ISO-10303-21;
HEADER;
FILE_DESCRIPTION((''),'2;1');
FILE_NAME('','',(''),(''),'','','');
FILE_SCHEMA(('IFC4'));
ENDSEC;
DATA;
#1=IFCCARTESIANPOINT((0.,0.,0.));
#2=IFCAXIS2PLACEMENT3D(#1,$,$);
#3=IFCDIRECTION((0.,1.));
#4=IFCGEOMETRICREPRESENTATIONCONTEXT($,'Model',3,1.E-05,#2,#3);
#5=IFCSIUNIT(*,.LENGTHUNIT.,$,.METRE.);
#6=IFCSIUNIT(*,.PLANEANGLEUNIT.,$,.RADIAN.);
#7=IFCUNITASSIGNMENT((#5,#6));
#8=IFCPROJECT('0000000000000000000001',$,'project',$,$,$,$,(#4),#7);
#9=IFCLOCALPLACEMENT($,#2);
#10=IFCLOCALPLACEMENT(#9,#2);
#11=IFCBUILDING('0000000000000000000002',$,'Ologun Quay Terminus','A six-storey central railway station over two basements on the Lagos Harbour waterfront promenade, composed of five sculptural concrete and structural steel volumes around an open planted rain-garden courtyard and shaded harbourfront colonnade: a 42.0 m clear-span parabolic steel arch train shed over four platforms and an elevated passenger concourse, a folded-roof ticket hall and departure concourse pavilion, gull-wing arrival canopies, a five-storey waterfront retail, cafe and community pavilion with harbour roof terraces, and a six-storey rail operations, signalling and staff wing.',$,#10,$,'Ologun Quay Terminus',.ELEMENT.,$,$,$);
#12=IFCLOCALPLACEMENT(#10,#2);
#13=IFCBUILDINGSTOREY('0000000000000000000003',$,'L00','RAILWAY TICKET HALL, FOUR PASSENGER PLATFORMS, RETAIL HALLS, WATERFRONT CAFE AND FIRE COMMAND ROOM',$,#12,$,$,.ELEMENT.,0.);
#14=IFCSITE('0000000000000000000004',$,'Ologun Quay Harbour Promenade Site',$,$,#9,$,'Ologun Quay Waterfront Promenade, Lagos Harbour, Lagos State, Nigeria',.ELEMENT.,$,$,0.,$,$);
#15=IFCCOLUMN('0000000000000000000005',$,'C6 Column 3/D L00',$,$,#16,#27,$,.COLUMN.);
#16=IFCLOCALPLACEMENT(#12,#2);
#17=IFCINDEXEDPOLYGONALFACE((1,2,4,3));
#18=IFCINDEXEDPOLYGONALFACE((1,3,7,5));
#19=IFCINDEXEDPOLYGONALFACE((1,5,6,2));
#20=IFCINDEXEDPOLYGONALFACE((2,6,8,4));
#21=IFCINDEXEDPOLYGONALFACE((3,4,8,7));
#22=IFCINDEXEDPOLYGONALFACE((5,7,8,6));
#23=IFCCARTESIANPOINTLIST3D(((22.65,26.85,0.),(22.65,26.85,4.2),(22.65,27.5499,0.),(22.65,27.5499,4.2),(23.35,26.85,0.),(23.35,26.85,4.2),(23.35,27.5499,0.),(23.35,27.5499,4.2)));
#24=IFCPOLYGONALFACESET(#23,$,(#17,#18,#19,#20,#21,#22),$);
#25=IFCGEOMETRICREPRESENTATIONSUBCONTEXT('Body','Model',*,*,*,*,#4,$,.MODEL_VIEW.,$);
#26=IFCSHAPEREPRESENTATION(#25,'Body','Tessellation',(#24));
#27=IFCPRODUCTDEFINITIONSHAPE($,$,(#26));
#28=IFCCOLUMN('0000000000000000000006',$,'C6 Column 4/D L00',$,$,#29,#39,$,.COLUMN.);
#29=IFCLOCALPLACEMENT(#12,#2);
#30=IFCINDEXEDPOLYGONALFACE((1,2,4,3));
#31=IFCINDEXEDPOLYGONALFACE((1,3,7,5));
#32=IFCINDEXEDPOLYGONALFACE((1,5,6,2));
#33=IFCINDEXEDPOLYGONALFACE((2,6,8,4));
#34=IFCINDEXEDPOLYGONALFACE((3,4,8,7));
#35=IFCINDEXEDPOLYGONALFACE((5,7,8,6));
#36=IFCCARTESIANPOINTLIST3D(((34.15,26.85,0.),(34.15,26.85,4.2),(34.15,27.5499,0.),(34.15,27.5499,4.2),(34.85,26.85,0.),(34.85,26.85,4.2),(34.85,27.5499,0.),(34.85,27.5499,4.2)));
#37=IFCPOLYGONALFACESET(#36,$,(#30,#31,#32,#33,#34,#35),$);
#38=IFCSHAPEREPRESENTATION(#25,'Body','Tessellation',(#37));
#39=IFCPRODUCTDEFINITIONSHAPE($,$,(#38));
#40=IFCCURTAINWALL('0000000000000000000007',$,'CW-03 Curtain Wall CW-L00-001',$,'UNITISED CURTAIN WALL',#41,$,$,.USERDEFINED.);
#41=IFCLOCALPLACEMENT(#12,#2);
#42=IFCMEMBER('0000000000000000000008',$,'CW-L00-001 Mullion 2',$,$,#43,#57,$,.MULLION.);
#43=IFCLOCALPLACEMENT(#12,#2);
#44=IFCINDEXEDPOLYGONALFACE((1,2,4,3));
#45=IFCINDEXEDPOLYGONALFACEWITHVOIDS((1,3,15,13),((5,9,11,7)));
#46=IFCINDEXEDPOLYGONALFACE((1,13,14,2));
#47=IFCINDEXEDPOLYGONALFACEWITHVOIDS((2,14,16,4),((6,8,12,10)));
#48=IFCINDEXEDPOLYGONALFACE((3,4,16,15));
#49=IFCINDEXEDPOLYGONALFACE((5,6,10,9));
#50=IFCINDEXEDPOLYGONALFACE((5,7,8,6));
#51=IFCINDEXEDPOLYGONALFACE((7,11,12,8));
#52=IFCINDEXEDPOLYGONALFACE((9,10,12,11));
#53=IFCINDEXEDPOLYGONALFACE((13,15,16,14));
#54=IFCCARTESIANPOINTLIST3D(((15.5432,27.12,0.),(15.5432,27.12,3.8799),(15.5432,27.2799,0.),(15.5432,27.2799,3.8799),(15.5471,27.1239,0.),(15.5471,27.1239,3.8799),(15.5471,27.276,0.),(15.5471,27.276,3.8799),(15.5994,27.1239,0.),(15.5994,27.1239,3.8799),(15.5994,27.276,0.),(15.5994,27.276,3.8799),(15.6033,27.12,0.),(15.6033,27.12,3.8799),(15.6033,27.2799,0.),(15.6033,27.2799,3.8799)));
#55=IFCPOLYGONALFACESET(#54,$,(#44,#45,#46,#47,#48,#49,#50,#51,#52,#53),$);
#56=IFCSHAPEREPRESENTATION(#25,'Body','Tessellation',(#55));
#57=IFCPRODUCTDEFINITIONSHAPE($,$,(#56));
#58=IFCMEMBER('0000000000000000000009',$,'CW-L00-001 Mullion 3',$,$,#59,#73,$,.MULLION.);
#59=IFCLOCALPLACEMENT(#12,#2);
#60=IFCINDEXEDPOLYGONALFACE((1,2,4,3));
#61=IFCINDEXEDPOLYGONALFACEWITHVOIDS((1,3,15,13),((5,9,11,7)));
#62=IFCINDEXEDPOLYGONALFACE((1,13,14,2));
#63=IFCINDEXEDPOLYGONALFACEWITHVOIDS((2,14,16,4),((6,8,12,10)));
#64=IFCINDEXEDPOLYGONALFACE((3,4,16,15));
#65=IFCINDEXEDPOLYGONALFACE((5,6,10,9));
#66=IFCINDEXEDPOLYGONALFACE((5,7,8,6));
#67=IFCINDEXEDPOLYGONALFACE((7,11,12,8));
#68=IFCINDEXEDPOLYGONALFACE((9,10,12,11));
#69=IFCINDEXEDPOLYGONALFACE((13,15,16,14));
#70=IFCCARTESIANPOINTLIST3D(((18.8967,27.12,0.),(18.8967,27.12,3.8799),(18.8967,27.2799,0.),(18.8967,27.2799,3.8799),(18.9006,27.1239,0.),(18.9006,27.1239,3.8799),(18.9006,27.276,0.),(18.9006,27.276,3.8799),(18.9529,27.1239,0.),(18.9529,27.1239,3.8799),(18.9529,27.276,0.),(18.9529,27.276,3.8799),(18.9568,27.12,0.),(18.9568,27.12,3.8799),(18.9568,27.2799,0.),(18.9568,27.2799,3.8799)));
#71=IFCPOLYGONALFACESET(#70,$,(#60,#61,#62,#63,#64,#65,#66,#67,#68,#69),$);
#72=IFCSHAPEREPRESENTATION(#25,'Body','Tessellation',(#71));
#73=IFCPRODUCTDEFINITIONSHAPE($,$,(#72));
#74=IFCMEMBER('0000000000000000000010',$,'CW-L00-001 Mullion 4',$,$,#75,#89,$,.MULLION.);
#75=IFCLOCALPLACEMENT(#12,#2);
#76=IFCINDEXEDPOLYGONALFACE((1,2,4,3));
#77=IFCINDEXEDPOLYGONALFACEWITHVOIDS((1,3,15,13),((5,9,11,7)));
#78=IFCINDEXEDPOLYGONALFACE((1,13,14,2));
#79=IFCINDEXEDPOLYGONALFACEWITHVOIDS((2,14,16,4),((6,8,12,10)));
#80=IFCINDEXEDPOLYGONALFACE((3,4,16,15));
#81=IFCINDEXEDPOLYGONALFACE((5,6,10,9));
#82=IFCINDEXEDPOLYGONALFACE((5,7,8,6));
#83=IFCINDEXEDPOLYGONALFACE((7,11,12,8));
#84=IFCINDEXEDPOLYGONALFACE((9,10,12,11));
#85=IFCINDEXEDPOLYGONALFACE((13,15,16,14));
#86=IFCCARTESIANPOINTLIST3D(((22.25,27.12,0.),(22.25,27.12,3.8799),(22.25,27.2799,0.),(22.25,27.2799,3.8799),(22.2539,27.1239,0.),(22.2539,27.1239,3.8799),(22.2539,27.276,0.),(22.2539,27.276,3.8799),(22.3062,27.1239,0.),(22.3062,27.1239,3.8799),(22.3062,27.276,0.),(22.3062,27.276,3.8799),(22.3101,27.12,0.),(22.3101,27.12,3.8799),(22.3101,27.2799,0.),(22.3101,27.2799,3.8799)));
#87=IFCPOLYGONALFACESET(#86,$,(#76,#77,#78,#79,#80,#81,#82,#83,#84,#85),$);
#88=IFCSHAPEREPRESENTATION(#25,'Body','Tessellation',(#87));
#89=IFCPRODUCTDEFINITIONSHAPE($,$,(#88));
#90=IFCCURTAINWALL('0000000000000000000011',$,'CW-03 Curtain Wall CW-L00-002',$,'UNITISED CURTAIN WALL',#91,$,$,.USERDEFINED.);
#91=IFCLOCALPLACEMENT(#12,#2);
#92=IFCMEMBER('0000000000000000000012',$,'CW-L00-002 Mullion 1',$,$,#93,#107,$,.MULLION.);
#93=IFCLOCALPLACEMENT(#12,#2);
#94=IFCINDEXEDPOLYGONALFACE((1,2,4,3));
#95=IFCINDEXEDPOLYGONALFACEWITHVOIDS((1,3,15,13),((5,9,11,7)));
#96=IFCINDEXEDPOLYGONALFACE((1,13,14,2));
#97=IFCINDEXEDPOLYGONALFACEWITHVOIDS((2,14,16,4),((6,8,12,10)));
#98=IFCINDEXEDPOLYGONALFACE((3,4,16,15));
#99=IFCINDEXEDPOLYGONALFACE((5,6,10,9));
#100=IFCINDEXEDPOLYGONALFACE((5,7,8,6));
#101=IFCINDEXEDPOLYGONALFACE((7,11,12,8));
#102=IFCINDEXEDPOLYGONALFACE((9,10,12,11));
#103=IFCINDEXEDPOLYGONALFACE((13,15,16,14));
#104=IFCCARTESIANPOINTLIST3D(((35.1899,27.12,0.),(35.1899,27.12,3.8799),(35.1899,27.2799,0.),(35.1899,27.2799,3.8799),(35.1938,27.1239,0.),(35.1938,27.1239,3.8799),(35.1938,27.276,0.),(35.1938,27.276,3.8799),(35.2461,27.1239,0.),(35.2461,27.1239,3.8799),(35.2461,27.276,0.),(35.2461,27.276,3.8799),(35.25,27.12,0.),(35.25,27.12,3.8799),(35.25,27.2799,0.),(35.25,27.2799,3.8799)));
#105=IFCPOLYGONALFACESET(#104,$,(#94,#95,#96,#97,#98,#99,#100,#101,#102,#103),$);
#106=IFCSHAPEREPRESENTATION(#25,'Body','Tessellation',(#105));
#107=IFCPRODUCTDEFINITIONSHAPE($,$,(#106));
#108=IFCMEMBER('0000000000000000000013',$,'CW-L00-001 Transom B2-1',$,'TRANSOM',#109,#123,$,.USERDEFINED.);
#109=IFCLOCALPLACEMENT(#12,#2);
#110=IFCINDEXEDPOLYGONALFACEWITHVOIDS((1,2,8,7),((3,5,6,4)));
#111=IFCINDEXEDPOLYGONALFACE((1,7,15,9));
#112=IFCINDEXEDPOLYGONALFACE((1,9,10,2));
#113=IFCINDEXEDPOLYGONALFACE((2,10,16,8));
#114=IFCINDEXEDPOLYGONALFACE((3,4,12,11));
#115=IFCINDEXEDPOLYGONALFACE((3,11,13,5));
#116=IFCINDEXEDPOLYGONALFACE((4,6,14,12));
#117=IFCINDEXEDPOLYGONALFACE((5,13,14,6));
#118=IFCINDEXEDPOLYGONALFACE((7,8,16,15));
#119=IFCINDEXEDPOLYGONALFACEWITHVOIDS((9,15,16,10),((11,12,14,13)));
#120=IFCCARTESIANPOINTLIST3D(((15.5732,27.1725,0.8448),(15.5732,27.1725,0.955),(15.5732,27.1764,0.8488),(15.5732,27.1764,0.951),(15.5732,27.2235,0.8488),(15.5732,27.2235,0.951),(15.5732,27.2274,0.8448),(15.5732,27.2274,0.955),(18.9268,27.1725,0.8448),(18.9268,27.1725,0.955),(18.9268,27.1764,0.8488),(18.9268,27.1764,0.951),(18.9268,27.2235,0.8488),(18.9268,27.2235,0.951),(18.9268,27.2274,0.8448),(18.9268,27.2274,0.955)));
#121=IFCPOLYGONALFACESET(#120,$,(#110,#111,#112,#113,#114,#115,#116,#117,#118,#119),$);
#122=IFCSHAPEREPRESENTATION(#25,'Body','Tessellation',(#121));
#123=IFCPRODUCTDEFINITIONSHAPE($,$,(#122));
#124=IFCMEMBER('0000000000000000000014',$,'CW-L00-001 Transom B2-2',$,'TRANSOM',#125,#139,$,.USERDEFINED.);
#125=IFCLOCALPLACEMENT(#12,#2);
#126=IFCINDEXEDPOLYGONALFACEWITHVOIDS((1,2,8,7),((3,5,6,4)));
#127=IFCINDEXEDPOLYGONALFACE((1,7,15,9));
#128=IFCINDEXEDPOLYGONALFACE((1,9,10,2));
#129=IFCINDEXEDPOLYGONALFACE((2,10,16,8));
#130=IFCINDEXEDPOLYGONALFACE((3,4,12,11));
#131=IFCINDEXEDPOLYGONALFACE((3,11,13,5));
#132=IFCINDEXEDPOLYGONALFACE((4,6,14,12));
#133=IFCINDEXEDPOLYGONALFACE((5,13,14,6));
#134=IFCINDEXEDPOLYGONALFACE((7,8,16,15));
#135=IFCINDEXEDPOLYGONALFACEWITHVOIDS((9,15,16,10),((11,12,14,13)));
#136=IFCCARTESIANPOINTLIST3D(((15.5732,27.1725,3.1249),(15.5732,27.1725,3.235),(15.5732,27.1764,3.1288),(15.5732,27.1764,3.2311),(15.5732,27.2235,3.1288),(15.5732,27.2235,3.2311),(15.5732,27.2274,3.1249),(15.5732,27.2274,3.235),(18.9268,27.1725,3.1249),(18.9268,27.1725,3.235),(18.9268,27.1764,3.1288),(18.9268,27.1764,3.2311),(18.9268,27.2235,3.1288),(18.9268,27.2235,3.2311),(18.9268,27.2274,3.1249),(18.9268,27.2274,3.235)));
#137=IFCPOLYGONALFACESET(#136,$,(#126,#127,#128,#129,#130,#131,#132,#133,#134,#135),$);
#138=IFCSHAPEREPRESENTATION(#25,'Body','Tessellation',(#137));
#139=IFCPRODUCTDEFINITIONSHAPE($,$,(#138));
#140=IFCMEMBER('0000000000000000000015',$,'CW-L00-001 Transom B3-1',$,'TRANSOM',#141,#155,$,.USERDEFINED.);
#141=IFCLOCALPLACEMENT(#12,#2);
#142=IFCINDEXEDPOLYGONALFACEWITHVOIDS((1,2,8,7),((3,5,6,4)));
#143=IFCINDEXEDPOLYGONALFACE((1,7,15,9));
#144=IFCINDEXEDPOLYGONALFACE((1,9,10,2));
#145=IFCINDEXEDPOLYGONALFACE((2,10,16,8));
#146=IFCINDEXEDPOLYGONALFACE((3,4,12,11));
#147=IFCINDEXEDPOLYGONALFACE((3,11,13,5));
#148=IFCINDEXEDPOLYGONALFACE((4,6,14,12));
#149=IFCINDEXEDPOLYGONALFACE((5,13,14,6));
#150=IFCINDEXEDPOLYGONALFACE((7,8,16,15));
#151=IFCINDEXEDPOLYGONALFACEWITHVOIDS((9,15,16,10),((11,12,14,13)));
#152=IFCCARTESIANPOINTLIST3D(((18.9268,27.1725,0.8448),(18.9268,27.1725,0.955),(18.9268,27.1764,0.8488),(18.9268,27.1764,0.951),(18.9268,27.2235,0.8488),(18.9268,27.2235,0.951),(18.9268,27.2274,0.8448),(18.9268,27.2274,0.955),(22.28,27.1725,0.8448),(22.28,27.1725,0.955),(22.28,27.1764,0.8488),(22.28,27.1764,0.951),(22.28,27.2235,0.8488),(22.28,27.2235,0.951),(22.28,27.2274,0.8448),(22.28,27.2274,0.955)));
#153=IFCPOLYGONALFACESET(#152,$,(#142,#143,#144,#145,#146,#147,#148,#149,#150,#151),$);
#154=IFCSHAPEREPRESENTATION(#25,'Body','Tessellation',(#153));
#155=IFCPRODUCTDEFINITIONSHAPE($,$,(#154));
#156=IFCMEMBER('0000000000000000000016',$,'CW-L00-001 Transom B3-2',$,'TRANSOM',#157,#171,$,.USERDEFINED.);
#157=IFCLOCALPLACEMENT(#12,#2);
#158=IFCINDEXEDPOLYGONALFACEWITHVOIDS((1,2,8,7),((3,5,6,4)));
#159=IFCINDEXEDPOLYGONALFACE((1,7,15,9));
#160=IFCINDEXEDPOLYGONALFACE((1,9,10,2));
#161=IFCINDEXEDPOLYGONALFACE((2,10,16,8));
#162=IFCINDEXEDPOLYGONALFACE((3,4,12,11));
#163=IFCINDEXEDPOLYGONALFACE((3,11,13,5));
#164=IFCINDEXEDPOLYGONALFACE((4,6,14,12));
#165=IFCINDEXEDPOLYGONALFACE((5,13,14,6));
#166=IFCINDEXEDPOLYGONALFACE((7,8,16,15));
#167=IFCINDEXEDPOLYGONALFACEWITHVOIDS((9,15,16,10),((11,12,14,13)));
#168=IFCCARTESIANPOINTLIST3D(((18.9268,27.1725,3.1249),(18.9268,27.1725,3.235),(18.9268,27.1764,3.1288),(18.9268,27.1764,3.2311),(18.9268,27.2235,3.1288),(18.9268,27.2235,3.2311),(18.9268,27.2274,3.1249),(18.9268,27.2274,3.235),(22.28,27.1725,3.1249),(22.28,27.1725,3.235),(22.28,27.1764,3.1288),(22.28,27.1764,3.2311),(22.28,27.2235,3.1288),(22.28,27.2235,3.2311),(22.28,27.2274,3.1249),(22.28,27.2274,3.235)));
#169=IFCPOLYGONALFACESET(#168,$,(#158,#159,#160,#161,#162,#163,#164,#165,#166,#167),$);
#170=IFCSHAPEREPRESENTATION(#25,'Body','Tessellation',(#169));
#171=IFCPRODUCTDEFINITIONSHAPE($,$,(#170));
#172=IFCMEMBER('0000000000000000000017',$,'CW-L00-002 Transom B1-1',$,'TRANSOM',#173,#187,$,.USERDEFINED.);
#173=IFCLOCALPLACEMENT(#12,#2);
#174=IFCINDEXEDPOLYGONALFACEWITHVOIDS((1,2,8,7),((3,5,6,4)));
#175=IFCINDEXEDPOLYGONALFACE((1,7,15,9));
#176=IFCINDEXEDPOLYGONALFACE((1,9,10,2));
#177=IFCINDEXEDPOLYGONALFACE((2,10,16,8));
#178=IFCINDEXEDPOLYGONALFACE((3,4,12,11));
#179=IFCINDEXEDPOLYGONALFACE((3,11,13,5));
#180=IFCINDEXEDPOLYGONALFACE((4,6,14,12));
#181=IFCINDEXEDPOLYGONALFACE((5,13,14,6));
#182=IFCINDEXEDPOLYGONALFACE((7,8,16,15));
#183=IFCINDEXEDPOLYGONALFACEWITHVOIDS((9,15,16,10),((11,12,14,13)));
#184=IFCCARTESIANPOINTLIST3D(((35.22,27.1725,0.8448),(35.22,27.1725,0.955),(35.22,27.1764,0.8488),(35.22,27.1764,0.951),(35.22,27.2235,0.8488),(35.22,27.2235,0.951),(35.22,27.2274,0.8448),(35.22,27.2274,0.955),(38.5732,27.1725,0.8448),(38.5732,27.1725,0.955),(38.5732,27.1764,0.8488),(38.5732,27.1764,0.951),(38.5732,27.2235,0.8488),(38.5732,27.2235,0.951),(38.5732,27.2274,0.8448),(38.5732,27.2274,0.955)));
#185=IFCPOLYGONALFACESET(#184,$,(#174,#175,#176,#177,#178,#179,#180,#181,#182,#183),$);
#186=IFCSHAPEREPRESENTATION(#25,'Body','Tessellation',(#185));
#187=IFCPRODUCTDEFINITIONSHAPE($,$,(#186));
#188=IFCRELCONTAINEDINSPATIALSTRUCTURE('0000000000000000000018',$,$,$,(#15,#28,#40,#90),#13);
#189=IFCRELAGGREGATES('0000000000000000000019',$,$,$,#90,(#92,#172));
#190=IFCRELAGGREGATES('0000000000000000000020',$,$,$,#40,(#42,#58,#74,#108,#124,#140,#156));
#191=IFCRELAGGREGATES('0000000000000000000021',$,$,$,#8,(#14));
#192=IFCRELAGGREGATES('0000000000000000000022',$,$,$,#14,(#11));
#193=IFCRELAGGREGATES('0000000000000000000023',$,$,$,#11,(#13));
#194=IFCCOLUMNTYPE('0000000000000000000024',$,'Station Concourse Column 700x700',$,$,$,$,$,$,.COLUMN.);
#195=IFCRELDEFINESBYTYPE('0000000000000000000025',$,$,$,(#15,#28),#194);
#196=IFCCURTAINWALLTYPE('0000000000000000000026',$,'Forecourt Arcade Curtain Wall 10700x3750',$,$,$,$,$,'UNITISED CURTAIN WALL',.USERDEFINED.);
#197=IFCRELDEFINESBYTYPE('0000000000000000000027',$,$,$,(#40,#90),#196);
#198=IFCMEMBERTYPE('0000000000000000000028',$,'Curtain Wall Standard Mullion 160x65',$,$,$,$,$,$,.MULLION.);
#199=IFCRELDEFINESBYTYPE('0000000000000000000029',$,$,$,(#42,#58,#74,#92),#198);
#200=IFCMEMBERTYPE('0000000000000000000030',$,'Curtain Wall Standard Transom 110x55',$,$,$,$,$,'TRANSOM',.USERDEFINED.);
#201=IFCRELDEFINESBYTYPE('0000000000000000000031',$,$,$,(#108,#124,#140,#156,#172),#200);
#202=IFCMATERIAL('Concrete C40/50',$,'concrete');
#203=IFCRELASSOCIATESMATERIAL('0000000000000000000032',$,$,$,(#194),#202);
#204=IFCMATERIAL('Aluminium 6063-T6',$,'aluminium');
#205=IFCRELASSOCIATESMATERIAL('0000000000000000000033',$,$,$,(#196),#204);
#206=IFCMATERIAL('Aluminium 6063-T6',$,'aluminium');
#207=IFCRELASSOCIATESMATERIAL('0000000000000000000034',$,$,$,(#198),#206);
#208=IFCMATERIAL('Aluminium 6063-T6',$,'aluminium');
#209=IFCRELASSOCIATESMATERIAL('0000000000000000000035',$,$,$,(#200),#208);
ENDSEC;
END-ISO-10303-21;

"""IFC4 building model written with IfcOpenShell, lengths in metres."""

from ifc_helpers import new_model, si_unit, direction, frame, origin, origin_2d, place, context, subcontext, project, spatial, rectangle, hollow_rectangle, extrude, material, material_profile, profile_set, type_object, element, aggregate, save


model = new_model("IFC4")

# Units and contexts
model_context = context("Model", 3, precision=1e-05, world=origin(), true_north=direction((0.0, 1.0)))
body_context = subcontext(model_context, "Body", "Model", "MODEL_VIEW")
ifc_project = project(units=[si_unit("LENGTHUNIT", "METRE"), si_unit("PLANEANGLEUNIT", "RADIAN")], contexts=[model_context])

# Site, building, storey
site_placement = place(None, origin())
site = spatial("IfcSite", under=ifc_project, at=site_placement, Name="Ologun Quay Harbour Promenade Site", LongName="Ologun Quay Waterfront Promenade, Lagos Harbour, Lagos State, Nigeria", CompositionType="ELEMENT", RefElevation=0.0)
building_placement = place(site_placement, origin())
building = spatial("IfcBuilding", under=site, at=building_placement, Name="Ologun Quay Terminus", Description="A six-storey central railway station over two basements on the Lagos Harbour waterfront promenade, composed of five sculptural concrete and structural steel volumes around an open planted rain-garden courtyard and shaded harbourfront colonnade: a 42.0 m clear-span parabolic steel arch train shed over four platforms and an elevated passenger concourse, a folded-roof ticket hall and departure concourse pavilion, gull-wing arrival canopies, a five-storey waterfront retail, cafe and community pavilion with harbour roof terraces, and a six-storey rail operations, signalling and staff wing.", LongName="Ologun Quay Terminus", CompositionType="ELEMENT")
storey_placement = place(building_placement, origin())
storey = spatial("IfcBuildingStorey", under=building, at=storey_placement, Name="L00", Description="RAILWAY TICKET HALL, FOUR PASSENGER PLATFORMS, RETAIL HALLS, WATERFRONT CAFE AND FIRE COMMAND ROOM", CompositionType="ELEMENT", Elevation=0.0)

# Columns
ifc_material_1 = material(Name="Concrete C40/50", Category="concrete")
ifc_material_profile_1 = material_profile(ifc_material_1, rectangle(XDim=0.7, YDim=0.7, at=origin_2d()), Name="RC 700x700")
ifc_profile_set_1 = profile_set([ifc_material_profile_1], Name="Concrete C40/50")
column_type = type_object("IfcColumnType", Name="Station Concourse Column 700x700", PredefinedType="COLUMN", material=ifc_profile_set_1)
for number, where, z_axis, x_axis, name in (
    (1, (23.0, 27.2, 0.0), (0.0, 0.0, 1.0), (1.0, 0.0, 0.0), "C6 Column 3/D L00"),
    (2, (34.5, 27.2, 0.0), (0.0, 0.0, 1.0), (1.0, 0.0, 0.0), "C6 Column 4/D L00"),
):
    element("IfcColumn", number, at=place(storey_placement, frame(where, z_axis=z_axis, x_axis=x_axis)), inside=storey, type_object=column_type, Name=name, PredefinedType="COLUMN", context=body_context, shape_type="SweptSolid", body=[
        extrude(rectangle(XDim=0.7, YDim=0.7, at=origin_2d()), origin(), (0.0, 0.0, 1.0), 4.2),
    ])

# Curtain wall, members
ifc_material_2 = material(Name="Aluminium 6063-T6", Category="aluminium")
curtain_wall_type = type_object("IfcCurtainWallType", Name="Forecourt Arcade Curtain Wall 10700x3750", ElementType="UNITISED CURTAIN WALL", PredefinedType="USERDEFINED", material=ifc_material_2)
curtain_wall_1_placement = place(storey_placement, origin())
curtain_wall_1 = element("IfcCurtainWall", 3, at=curtain_wall_1_placement, inside=storey, type_object=curtain_wall_type, Name="CW-03 Curtain Wall CW-L00-001", ObjectType="UNITISED CURTAIN WALL", PredefinedType="USERDEFINED")
ifc_material_3 = material(Name="Aluminium 6063-T6", Category="aluminium")
ifc_material_profile_2 = material_profile(ifc_material_3, hollow_rectangle(XDim=0.0601, YDim=0.1599, WallThickness=0.0039, at=origin_2d()), Name="ALU 160x60x4")
ifc_profile_set_2 = profile_set([ifc_material_profile_2], Name="Aluminium 6063-T6")
member_type_1 = type_object("IfcMemberType", Name="Curtain Wall Standard Mullion 160x65", PredefinedType="MULLION", material=ifc_profile_set_2)
member_1_placement = place(storey_placement, frame((15.5732, 27.2, 0.0), z_axis=(0.0, 0.0, 1.0), x_axis=(1.0, 0.0, 0.0)))
member_1 = element("IfcMember", 4, at=member_1_placement, type_object=member_type_1, Name="CW-L00-001 Mullion 2", PredefinedType="MULLION", context=body_context, shape_type="SweptSolid", body=[
    extrude(hollow_rectangle(XDim=0.0601, YDim=0.1599, WallThickness=0.0039, at=origin_2d()), origin(), (0.0, 0.0, 1.0), 3.8799),
])
member_2_placement = place(storey_placement, frame((18.9268, 27.2, 0.0), z_axis=(0.0, 0.0, 1.0), x_axis=(1.0, 0.0, 0.0)))
member_2 = element("IfcMember", 5, at=member_2_placement, type_object=member_type_1, Name="CW-L00-001 Mullion 3", PredefinedType="MULLION", context=body_context, shape_type="SweptSolid", body=[
    extrude(hollow_rectangle(XDim=0.0601, YDim=0.1599, WallThickness=0.0039, at=origin_2d()), origin(), (0.0, 0.0, 1.0), 3.8799),
])
member_3_placement = place(storey_placement, frame((22.28, 27.2, 0.0), z_axis=(0.0, 0.0, 1.0), x_axis=(1.0, 0.0, 0.0)))
member_3 = element("IfcMember", 6, at=member_3_placement, type_object=member_type_1, Name="CW-L00-001 Mullion 4", PredefinedType="MULLION", context=body_context, shape_type="SweptSolid", body=[
    extrude(hollow_rectangle(XDim=0.0601, YDim=0.1599, WallThickness=0.0039, at=origin_2d()), origin(), (0.0, 0.0, 1.0), 3.8799),
])

# Curtain wall, member
curtain_wall_2_placement = place(storey_placement, origin())
curtain_wall_2 = element("IfcCurtainWall", 7, at=curtain_wall_2_placement, inside=storey, type_object=curtain_wall_type, Name="CW-03 Curtain Wall CW-L00-002", ObjectType="UNITISED CURTAIN WALL", PredefinedType="USERDEFINED")
member_4_placement = place(storey_placement, frame((35.22, 27.2, 0.0), z_axis=(0.0, 0.0, 1.0), x_axis=(1.0, 0.0, 0.0)))
member_4 = element("IfcMember", 8, at=member_4_placement, type_object=member_type_1, Name="CW-L00-002 Mullion 1", PredefinedType="MULLION", context=body_context, shape_type="SweptSolid", body=[
    extrude(hollow_rectangle(XDim=0.0601, YDim=0.1599, WallThickness=0.0039, at=origin_2d()), origin(), (0.0, 0.0, 1.0), 3.8799),
])

# Members
ifc_material_4 = material(Name="Aluminium 6063-T6", Category="aluminium")
ifc_material_profile_3 = material_profile(ifc_material_4, hollow_rectangle(XDim=0.0549, YDim=0.1101, WallThickness=0.0039, at=origin_2d()), Name="ALU 110x55x4")
ifc_profile_set_3 = profile_set([ifc_material_profile_3], Name="Aluminium 6063-T6")
member_type_2 = type_object("IfcMemberType", Name="Curtain Wall Standard Transom 110x55", ElementType="TRANSOM", PredefinedType="USERDEFINED", material=ifc_profile_set_3)
member_5_placement = place(storey_placement, frame((15.5732, 27.2, 0.8999), z_axis=(1.0, 0.0, 0.0), x_axis=(0.0, 1.0, 0.0)))
member_5 = element("IfcMember", 9, at=member_5_placement, type_object=member_type_2, Name="CW-L00-001 Transom B2-1", ObjectType="TRANSOM", PredefinedType="USERDEFINED", context=body_context, shape_type="SweptSolid", body=[
    extrude(hollow_rectangle(XDim=0.0549, YDim=0.1101, WallThickness=0.0039, at=origin_2d()), origin(), (0.0, 0.0, 1.0), 3.3535),
])
member_6_placement = place(storey_placement, frame((15.5732, 27.2, 3.1799), z_axis=(1.0, 0.0, 0.0), x_axis=(0.0, 1.0, 0.0)))
member_6 = element("IfcMember", 10, at=member_6_placement, type_object=member_type_2, Name="CW-L00-001 Transom B2-2", ObjectType="TRANSOM", PredefinedType="USERDEFINED", context=body_context, shape_type="SweptSolid", body=[
    extrude(hollow_rectangle(XDim=0.0549, YDim=0.1101, WallThickness=0.0039, at=origin_2d()), origin(), (0.0, 0.0, 1.0), 3.3535),
])
member_7_placement = place(storey_placement, frame((18.9268, 27.2, 0.8999), z_axis=(1.0, 0.0, 0.0), x_axis=(0.0, 1.0, 0.0)))
member_7 = element("IfcMember", 11, at=member_7_placement, type_object=member_type_2, Name="CW-L00-001 Transom B3-1", ObjectType="TRANSOM", PredefinedType="USERDEFINED", context=body_context, shape_type="SweptSolid", body=[
    extrude(hollow_rectangle(XDim=0.0549, YDim=0.1101, WallThickness=0.0039, at=origin_2d()), origin(), (0.0, 0.0, 1.0), 3.3533),
])
member_8_placement = place(storey_placement, frame((18.9268, 27.2, 3.1799), z_axis=(1.0, 0.0, 0.0), x_axis=(0.0, 1.0, 0.0)))
member_8 = element("IfcMember", 12, at=member_8_placement, type_object=member_type_2, Name="CW-L00-001 Transom B3-2", ObjectType="TRANSOM", PredefinedType="USERDEFINED", context=body_context, shape_type="SweptSolid", body=[
    extrude(hollow_rectangle(XDim=0.0549, YDim=0.1101, WallThickness=0.0039, at=origin_2d()), origin(), (0.0, 0.0, 1.0), 3.3533),
])
member_9_placement = place(storey_placement, frame((35.22, 27.2, 0.8999), z_axis=(1.0, 0.0, 0.0), x_axis=(0.0, 1.0, 0.0)))
member_9 = element("IfcMember", 13, at=member_9_placement, type_object=member_type_2, Name="CW-L00-002 Transom B1-1", ObjectType="TRANSOM", PredefinedType="USERDEFINED", context=body_context, shape_type="SweptSolid", body=[
    extrude(hollow_rectangle(XDim=0.0549, YDim=0.1101, WallThickness=0.0039, at=origin_2d()), origin(), (0.0, 0.0, 1.0), 3.3533),
])

aggregate(curtain_wall_2, [member_4, member_9])
aggregate(curtain_wall_1, [member_1, member_2, member_3, member_5, member_6, member_7, member_8])

save(model, "model.ifc")
